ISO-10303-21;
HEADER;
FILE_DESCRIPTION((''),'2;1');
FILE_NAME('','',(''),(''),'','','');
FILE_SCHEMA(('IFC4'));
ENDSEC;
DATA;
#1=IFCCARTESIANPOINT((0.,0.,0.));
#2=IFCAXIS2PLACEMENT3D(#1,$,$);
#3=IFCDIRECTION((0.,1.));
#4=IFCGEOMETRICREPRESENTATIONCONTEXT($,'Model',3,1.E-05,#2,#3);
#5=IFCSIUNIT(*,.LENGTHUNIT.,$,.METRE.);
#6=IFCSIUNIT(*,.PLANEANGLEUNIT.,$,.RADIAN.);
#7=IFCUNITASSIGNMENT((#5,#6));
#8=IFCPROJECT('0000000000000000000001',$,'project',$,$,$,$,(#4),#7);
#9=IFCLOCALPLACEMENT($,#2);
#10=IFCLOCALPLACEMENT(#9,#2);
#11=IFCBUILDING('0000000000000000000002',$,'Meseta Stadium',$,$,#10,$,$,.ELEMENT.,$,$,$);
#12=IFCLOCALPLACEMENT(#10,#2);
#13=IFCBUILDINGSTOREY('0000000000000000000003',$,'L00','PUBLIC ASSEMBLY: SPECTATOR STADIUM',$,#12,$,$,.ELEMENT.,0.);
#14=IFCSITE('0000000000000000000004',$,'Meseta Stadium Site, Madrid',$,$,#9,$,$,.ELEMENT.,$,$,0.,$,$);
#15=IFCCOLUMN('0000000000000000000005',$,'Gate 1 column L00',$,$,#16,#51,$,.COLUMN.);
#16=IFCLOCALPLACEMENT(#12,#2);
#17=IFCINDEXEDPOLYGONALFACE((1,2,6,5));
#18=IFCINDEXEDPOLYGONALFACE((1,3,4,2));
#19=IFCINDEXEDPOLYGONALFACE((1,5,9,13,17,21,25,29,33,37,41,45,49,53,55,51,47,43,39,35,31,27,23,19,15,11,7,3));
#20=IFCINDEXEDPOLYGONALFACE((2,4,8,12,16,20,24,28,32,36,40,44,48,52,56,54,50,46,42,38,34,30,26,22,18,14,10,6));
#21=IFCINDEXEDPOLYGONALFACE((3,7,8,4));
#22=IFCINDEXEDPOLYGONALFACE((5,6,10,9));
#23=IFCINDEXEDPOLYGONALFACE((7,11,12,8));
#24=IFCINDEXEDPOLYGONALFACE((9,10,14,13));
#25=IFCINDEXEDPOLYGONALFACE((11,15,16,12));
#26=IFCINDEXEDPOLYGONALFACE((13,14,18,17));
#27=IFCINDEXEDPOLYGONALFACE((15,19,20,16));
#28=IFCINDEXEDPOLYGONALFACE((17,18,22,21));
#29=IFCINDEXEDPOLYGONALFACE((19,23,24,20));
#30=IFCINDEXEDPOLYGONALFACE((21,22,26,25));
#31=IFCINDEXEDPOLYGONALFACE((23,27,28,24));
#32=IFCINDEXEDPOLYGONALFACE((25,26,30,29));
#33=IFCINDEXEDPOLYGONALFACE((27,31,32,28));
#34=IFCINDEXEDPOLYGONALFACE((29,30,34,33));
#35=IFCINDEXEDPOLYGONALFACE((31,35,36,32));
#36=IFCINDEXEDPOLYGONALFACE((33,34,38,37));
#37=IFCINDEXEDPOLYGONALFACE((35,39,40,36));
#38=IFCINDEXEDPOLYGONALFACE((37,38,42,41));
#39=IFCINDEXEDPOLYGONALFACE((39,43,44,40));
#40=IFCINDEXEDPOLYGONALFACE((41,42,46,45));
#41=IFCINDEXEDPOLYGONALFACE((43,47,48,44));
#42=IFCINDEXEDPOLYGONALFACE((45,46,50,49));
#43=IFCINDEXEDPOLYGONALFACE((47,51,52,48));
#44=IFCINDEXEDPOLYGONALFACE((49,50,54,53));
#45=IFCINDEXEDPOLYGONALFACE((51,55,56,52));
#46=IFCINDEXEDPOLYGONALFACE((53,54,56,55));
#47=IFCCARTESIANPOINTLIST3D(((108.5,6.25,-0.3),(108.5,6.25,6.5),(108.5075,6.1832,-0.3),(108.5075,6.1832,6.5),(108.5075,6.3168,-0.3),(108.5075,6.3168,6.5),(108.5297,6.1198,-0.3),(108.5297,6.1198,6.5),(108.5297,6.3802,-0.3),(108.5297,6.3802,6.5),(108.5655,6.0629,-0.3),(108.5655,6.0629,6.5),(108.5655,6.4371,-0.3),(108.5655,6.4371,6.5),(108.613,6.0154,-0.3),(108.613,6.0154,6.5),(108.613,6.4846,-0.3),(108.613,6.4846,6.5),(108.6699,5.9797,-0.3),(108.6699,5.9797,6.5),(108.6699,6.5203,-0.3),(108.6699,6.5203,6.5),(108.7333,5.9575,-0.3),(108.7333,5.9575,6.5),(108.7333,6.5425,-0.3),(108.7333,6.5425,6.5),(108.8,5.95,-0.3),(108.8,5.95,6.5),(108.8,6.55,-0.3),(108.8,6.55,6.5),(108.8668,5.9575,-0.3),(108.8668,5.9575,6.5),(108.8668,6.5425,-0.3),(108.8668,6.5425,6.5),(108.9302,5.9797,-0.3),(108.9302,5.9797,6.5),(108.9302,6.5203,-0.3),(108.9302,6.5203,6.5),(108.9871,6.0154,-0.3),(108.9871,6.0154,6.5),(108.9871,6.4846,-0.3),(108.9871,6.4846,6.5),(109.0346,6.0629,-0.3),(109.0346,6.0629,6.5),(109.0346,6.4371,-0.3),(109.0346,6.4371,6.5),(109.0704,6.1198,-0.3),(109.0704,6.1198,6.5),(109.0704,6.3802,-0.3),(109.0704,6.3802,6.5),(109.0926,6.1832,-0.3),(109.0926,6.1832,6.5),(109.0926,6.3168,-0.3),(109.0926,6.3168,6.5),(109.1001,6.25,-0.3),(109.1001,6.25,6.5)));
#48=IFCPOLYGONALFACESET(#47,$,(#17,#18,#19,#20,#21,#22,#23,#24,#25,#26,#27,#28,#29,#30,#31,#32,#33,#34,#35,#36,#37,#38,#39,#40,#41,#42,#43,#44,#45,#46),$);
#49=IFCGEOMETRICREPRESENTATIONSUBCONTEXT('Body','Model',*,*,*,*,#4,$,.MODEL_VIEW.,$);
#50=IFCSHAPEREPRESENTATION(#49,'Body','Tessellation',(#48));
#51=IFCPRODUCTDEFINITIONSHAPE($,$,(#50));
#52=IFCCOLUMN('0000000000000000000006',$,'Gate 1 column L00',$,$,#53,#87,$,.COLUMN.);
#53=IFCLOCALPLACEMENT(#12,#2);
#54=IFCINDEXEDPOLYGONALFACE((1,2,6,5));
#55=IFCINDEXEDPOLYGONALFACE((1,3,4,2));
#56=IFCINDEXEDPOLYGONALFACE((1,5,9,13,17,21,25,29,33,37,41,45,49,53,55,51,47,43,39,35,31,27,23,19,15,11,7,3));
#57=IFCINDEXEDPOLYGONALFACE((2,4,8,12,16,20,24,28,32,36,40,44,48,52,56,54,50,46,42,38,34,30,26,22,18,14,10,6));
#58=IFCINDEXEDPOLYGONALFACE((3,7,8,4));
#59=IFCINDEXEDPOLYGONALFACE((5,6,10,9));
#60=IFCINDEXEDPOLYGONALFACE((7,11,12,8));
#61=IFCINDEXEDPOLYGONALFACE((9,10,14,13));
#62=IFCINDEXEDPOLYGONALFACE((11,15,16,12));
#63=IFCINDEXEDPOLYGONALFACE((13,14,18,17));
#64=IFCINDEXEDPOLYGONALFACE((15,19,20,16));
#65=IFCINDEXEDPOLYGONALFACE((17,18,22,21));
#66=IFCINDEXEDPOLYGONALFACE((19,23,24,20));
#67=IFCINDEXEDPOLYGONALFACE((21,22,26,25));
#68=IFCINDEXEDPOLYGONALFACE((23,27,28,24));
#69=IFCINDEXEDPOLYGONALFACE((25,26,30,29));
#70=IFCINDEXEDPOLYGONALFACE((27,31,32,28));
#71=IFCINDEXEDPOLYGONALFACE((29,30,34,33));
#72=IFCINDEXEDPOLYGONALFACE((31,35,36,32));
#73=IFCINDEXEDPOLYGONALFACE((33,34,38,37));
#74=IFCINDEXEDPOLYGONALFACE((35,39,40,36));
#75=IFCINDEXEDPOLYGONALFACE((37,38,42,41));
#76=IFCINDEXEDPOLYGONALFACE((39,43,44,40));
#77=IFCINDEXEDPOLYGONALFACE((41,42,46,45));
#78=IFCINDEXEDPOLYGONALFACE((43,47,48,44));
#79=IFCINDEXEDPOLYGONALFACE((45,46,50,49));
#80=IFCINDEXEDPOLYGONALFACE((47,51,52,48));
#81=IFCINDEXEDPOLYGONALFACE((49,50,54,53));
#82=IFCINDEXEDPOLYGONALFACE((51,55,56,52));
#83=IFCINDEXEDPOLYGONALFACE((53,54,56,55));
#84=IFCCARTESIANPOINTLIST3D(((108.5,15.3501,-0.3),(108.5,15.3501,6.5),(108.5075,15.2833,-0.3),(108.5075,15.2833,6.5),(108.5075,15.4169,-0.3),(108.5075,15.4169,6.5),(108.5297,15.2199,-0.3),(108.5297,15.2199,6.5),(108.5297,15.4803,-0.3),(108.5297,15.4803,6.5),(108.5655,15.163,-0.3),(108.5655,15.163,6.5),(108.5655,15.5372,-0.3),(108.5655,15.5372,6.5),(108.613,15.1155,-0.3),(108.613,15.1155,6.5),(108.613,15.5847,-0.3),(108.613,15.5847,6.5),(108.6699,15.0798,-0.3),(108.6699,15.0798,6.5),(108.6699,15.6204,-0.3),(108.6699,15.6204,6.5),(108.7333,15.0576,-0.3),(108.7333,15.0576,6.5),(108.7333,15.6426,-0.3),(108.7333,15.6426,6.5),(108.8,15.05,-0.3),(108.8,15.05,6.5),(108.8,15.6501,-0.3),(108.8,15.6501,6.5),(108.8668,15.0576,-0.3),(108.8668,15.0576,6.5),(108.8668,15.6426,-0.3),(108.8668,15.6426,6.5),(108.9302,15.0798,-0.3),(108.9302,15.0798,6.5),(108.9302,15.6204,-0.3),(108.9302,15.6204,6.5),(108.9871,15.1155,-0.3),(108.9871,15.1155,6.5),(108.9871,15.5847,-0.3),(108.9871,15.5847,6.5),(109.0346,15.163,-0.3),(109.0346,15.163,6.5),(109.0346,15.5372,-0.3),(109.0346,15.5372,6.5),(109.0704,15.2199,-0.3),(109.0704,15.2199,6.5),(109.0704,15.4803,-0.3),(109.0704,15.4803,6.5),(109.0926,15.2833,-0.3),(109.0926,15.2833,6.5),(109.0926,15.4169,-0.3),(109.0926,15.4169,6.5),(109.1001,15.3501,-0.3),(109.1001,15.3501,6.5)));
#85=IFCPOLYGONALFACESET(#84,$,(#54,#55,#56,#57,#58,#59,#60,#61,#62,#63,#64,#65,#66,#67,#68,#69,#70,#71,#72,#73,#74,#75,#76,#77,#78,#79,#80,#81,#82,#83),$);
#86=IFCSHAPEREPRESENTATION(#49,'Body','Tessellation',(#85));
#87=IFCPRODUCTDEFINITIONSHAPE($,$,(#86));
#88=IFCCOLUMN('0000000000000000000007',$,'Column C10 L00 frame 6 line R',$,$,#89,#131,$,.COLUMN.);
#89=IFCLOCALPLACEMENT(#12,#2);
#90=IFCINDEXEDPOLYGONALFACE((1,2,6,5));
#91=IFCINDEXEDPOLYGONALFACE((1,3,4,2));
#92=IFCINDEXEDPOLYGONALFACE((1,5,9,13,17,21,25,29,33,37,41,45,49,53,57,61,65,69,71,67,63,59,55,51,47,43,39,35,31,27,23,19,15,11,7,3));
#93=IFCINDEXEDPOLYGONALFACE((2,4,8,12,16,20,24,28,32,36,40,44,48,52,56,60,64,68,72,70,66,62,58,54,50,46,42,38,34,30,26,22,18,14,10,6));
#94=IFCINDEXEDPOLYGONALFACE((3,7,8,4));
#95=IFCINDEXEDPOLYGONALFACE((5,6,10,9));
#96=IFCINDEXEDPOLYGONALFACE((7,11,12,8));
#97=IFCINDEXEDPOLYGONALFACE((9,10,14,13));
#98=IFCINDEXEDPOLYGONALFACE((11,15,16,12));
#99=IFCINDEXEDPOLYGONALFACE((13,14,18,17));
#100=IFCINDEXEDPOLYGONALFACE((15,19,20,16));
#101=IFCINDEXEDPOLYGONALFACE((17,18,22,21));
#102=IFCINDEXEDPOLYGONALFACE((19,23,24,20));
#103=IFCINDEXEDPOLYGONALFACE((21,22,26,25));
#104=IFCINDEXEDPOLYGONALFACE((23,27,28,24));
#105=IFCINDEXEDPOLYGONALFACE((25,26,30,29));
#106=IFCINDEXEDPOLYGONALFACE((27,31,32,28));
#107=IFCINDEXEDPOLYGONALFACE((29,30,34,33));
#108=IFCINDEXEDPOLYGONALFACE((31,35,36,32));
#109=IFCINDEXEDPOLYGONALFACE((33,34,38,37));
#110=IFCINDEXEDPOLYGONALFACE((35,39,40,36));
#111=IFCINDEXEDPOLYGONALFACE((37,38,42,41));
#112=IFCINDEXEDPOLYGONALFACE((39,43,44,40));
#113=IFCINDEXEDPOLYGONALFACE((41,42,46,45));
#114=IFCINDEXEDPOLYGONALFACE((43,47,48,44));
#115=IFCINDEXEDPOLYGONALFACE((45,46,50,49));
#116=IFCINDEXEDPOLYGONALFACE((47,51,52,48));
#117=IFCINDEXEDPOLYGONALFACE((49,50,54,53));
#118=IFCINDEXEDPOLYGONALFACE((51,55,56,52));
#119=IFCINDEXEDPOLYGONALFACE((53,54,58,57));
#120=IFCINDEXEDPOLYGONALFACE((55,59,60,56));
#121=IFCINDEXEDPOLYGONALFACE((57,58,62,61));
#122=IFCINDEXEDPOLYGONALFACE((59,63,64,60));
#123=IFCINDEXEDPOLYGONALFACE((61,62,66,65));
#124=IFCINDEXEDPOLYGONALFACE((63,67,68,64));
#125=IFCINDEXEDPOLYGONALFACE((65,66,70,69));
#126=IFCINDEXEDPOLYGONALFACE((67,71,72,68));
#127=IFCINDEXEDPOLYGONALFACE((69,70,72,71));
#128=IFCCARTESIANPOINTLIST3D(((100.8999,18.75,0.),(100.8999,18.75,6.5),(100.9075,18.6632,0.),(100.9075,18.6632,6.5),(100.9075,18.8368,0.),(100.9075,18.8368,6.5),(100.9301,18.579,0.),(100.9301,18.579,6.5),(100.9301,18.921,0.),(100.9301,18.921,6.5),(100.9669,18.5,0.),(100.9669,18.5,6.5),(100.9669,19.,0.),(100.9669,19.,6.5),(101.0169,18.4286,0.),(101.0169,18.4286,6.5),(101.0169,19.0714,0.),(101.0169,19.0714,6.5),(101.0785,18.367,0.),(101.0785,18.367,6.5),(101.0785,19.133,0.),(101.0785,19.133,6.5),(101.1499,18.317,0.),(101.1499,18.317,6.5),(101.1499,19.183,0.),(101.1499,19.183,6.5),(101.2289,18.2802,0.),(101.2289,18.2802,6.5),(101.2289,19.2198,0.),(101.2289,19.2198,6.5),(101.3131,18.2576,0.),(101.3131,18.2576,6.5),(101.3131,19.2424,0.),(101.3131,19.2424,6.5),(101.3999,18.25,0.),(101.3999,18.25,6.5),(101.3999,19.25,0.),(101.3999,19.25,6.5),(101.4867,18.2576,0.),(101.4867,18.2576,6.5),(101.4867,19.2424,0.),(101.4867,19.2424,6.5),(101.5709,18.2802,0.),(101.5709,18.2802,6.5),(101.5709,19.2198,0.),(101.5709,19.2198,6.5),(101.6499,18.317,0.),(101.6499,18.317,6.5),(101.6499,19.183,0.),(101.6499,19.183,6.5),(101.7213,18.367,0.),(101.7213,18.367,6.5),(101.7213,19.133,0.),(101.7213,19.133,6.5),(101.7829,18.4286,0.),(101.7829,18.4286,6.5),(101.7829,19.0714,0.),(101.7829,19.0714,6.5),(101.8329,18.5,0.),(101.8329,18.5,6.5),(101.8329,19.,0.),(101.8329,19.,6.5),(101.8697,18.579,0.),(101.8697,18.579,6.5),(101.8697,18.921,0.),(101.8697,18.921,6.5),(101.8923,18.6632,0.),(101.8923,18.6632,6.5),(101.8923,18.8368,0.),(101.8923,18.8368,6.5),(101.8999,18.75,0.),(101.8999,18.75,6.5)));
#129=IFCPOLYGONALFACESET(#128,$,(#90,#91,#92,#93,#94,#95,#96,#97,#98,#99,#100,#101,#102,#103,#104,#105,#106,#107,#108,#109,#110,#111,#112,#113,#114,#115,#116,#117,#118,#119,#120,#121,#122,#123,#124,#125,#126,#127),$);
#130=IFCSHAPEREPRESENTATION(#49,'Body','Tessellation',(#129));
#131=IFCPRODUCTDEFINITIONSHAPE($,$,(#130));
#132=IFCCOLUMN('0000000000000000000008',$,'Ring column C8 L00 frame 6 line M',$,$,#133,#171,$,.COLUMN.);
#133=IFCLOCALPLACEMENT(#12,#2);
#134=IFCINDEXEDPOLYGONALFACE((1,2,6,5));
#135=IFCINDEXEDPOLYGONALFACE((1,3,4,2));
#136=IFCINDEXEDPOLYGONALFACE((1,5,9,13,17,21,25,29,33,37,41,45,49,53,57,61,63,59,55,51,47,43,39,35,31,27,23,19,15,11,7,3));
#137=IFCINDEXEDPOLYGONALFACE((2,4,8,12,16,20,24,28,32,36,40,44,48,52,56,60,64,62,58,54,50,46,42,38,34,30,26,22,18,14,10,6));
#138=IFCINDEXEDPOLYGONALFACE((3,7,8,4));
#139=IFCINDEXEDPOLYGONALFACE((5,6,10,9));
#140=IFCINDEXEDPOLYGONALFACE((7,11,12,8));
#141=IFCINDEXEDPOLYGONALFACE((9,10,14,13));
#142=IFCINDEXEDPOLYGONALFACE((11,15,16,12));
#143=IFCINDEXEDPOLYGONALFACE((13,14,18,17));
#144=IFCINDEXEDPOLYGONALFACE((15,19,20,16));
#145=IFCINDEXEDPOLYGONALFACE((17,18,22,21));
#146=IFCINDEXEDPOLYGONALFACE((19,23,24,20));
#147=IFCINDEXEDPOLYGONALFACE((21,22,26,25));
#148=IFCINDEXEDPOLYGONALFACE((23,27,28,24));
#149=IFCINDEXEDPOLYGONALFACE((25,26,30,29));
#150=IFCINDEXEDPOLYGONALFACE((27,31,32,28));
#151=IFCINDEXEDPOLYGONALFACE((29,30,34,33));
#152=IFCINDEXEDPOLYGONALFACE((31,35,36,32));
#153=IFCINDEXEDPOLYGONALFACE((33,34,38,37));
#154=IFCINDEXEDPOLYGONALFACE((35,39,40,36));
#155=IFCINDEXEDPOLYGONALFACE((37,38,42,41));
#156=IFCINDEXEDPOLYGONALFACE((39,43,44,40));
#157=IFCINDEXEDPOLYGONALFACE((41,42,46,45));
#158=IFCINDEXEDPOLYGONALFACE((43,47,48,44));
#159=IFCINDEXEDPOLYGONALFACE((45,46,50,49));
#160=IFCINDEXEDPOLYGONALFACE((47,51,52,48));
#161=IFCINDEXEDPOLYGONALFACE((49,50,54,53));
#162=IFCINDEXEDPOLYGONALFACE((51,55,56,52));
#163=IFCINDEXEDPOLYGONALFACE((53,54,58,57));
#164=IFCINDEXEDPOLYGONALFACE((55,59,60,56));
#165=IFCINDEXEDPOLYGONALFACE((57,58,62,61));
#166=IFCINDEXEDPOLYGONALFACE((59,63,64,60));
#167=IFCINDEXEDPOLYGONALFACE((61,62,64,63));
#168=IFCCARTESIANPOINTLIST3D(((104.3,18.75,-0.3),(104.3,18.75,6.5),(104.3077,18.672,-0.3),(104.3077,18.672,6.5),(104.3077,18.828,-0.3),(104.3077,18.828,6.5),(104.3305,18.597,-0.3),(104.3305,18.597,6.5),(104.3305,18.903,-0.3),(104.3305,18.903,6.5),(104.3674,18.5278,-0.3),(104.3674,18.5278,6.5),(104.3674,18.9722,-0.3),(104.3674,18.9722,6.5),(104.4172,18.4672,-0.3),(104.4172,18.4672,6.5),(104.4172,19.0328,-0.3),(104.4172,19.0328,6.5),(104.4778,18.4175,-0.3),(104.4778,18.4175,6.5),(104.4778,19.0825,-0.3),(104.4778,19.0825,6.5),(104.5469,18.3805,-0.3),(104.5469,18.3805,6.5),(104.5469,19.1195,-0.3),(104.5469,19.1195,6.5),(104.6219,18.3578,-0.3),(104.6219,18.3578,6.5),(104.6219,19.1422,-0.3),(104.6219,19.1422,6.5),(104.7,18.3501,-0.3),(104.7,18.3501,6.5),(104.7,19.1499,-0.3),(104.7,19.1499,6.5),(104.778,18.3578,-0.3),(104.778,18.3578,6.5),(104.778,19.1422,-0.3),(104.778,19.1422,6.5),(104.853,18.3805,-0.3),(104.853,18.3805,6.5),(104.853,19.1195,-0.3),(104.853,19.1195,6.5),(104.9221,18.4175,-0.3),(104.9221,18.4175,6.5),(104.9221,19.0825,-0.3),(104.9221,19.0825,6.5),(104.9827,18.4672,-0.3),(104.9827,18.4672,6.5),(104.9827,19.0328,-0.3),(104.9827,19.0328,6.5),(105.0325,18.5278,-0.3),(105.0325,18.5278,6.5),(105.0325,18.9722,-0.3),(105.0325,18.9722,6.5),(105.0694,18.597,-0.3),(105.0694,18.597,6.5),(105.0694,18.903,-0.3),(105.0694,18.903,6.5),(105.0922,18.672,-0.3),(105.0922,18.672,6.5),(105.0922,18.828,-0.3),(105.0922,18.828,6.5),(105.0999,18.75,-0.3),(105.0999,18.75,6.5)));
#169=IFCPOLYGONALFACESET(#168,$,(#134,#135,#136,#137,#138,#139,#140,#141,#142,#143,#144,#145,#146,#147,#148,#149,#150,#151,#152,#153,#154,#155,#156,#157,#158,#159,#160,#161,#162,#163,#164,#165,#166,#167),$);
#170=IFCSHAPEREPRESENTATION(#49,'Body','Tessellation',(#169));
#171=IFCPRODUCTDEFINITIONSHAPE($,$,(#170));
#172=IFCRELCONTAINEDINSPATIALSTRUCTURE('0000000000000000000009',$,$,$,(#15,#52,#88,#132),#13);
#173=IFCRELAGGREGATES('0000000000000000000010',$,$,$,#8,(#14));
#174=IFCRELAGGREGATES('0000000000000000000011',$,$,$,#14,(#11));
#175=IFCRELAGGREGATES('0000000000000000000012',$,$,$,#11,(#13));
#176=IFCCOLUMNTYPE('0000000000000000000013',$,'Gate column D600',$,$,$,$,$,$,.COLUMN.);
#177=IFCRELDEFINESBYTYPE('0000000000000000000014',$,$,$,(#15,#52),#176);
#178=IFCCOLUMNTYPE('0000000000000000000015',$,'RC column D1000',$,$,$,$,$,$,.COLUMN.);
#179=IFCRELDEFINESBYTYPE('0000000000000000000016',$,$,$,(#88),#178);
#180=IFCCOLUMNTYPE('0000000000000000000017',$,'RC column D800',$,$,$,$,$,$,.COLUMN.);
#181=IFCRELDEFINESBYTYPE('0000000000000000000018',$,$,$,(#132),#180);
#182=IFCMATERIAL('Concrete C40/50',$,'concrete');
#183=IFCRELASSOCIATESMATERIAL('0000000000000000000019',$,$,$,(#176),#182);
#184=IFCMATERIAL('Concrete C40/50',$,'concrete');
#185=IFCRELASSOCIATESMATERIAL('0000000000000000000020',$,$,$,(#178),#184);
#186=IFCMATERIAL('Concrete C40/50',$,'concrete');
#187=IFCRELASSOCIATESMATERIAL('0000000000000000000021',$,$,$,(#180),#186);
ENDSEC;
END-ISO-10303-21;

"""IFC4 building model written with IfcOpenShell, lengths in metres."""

from ifc_helpers import new_model, si_unit, direction, frame, origin, origin_2d, place, context, subcontext, project, spatial, circle, extrude, material, material_profile, profile_set, type_object, element, save


model = new_model("IFC4")

# Units and contexts
model_context = context("Model", 3, precision=1e-05, world=origin(), true_north=direction((0.0, 1.0)))
body_context = subcontext(model_context, "Body", "Model", "MODEL_VIEW")
ifc_project = project(units=[si_unit("LENGTHUNIT", "METRE"), si_unit("PLANEANGLEUNIT", "RADIAN")], contexts=[model_context])

# Site, building, storey
site_placement = place(None, origin())
site = spatial("IfcSite", under=ifc_project, at=site_placement, Name="Meseta Stadium Site, Madrid", CompositionType="ELEMENT", RefElevation=0.0)
building_placement = place(site_placement, origin())
building = spatial("IfcBuilding", under=site, at=building_placement, Name="Meseta Stadium", CompositionType="ELEMENT")
storey_placement = place(building_placement, origin())
storey = spatial("IfcBuildingStorey", under=building, at=storey_placement, Name="L00", Description="PUBLIC ASSEMBLY: SPECTATOR STADIUM", CompositionType="ELEMENT", Elevation=0.0)

# Columns
ifc_material_1 = material(Name="Concrete C40/50", Category="concrete")
ifc_material_profile_1 = material_profile(ifc_material_1, circle(Radius=0.3, at=origin_2d()), Name="RC D600")
ifc_profile_set_1 = profile_set([ifc_material_profile_1], Name="Concrete C40/50")
column_type_1 = type_object("IfcColumnType", Name="Gate column D600", PredefinedType="COLUMN", material=ifc_profile_set_1)
for number, where, z_axis, x_axis, name in (
    (1, (108.8, 6.25, -0.3), (0.0, 0.0, 1.0), (1.0, 0.0, 0.0), "Gate 1 column L00"),
    (2, (108.8, 15.3501, -0.3), (0.0, 0.0, 1.0), (1.0, 0.0, 0.0), "Gate 1 column L00"),
):
    element("IfcColumn", number, at=place(storey_placement, frame(where, z_axis=z_axis, x_axis=x_axis)), inside=storey, type_object=column_type_1, Name=name, PredefinedType="COLUMN", context=body_context, shape_type="SweptSolid", body=[
        extrude(circle(Radius=0.3, at=origin_2d()), origin(), (0.0, 0.0, 1.0), 6.8),
    ])
ifc_material_2 = material(Name="Concrete C40/50", Category="concrete")
ifc_material_profile_2 = material_profile(ifc_material_2, circle(Radius=0.5, at=origin_2d()), Name="RC D1000")
ifc_profile_set_2 = profile_set([ifc_material_profile_2], Name="Concrete C40/50")
column_type_2 = type_object("IfcColumnType", Name="RC column D1000", PredefinedType="COLUMN", material=ifc_profile_set_2)
column_placement = place(storey_placement, frame((101.3999, 18.75, 0.0), z_axis=(0.0, 0.0, 1.0), x_axis=(1.0, 0.0, 0.0)))
element("IfcColumn", 3, at=column_placement, inside=storey, type_object=column_type_2, Name="Column C10 L00 frame 6 line R", PredefinedType="COLUMN", context=body_context, shape_type="SweptSolid", body=[
    extrude(circle(Radius=0.5, at=origin_2d()), origin(), (0.0, 0.0, 1.0), 6.5),
])
ifc_material_3 = material(Name="Concrete C40/50", Category="concrete")
ifc_material_profile_3 = material_profile(ifc_material_3, circle(Radius=0.3999, at=origin_2d()), Name="RC D800")
ifc_profile_set_3 = profile_set([ifc_material_profile_3], Name="Concrete C40/50")
column_type_3 = type_object("IfcColumnType", Name="RC column D800", PredefinedType="COLUMN", material=ifc_profile_set_3)
for number, where, z_axis, x_axis, name in (
    (4, (104.7, 18.75, -0.3), (0.0, 0.0, 1.0), (1.0, 0.0, 0.0), "Ring column C8 L00 frame 6 line M"),
):
    element("IfcColumn", number, at=place(storey_placement, frame(where, z_axis=z_axis, x_axis=x_axis)), inside=storey, type_object=column_type_3, Name=name, PredefinedType="COLUMN", context=body_context, shape_type="SweptSolid", body=[
        extrude(circle(Radius=0.3999, at=origin_2d()), origin(), (0.0, 0.0, 1.0), 6.8),
    ])

save(model, "model.ifc")
